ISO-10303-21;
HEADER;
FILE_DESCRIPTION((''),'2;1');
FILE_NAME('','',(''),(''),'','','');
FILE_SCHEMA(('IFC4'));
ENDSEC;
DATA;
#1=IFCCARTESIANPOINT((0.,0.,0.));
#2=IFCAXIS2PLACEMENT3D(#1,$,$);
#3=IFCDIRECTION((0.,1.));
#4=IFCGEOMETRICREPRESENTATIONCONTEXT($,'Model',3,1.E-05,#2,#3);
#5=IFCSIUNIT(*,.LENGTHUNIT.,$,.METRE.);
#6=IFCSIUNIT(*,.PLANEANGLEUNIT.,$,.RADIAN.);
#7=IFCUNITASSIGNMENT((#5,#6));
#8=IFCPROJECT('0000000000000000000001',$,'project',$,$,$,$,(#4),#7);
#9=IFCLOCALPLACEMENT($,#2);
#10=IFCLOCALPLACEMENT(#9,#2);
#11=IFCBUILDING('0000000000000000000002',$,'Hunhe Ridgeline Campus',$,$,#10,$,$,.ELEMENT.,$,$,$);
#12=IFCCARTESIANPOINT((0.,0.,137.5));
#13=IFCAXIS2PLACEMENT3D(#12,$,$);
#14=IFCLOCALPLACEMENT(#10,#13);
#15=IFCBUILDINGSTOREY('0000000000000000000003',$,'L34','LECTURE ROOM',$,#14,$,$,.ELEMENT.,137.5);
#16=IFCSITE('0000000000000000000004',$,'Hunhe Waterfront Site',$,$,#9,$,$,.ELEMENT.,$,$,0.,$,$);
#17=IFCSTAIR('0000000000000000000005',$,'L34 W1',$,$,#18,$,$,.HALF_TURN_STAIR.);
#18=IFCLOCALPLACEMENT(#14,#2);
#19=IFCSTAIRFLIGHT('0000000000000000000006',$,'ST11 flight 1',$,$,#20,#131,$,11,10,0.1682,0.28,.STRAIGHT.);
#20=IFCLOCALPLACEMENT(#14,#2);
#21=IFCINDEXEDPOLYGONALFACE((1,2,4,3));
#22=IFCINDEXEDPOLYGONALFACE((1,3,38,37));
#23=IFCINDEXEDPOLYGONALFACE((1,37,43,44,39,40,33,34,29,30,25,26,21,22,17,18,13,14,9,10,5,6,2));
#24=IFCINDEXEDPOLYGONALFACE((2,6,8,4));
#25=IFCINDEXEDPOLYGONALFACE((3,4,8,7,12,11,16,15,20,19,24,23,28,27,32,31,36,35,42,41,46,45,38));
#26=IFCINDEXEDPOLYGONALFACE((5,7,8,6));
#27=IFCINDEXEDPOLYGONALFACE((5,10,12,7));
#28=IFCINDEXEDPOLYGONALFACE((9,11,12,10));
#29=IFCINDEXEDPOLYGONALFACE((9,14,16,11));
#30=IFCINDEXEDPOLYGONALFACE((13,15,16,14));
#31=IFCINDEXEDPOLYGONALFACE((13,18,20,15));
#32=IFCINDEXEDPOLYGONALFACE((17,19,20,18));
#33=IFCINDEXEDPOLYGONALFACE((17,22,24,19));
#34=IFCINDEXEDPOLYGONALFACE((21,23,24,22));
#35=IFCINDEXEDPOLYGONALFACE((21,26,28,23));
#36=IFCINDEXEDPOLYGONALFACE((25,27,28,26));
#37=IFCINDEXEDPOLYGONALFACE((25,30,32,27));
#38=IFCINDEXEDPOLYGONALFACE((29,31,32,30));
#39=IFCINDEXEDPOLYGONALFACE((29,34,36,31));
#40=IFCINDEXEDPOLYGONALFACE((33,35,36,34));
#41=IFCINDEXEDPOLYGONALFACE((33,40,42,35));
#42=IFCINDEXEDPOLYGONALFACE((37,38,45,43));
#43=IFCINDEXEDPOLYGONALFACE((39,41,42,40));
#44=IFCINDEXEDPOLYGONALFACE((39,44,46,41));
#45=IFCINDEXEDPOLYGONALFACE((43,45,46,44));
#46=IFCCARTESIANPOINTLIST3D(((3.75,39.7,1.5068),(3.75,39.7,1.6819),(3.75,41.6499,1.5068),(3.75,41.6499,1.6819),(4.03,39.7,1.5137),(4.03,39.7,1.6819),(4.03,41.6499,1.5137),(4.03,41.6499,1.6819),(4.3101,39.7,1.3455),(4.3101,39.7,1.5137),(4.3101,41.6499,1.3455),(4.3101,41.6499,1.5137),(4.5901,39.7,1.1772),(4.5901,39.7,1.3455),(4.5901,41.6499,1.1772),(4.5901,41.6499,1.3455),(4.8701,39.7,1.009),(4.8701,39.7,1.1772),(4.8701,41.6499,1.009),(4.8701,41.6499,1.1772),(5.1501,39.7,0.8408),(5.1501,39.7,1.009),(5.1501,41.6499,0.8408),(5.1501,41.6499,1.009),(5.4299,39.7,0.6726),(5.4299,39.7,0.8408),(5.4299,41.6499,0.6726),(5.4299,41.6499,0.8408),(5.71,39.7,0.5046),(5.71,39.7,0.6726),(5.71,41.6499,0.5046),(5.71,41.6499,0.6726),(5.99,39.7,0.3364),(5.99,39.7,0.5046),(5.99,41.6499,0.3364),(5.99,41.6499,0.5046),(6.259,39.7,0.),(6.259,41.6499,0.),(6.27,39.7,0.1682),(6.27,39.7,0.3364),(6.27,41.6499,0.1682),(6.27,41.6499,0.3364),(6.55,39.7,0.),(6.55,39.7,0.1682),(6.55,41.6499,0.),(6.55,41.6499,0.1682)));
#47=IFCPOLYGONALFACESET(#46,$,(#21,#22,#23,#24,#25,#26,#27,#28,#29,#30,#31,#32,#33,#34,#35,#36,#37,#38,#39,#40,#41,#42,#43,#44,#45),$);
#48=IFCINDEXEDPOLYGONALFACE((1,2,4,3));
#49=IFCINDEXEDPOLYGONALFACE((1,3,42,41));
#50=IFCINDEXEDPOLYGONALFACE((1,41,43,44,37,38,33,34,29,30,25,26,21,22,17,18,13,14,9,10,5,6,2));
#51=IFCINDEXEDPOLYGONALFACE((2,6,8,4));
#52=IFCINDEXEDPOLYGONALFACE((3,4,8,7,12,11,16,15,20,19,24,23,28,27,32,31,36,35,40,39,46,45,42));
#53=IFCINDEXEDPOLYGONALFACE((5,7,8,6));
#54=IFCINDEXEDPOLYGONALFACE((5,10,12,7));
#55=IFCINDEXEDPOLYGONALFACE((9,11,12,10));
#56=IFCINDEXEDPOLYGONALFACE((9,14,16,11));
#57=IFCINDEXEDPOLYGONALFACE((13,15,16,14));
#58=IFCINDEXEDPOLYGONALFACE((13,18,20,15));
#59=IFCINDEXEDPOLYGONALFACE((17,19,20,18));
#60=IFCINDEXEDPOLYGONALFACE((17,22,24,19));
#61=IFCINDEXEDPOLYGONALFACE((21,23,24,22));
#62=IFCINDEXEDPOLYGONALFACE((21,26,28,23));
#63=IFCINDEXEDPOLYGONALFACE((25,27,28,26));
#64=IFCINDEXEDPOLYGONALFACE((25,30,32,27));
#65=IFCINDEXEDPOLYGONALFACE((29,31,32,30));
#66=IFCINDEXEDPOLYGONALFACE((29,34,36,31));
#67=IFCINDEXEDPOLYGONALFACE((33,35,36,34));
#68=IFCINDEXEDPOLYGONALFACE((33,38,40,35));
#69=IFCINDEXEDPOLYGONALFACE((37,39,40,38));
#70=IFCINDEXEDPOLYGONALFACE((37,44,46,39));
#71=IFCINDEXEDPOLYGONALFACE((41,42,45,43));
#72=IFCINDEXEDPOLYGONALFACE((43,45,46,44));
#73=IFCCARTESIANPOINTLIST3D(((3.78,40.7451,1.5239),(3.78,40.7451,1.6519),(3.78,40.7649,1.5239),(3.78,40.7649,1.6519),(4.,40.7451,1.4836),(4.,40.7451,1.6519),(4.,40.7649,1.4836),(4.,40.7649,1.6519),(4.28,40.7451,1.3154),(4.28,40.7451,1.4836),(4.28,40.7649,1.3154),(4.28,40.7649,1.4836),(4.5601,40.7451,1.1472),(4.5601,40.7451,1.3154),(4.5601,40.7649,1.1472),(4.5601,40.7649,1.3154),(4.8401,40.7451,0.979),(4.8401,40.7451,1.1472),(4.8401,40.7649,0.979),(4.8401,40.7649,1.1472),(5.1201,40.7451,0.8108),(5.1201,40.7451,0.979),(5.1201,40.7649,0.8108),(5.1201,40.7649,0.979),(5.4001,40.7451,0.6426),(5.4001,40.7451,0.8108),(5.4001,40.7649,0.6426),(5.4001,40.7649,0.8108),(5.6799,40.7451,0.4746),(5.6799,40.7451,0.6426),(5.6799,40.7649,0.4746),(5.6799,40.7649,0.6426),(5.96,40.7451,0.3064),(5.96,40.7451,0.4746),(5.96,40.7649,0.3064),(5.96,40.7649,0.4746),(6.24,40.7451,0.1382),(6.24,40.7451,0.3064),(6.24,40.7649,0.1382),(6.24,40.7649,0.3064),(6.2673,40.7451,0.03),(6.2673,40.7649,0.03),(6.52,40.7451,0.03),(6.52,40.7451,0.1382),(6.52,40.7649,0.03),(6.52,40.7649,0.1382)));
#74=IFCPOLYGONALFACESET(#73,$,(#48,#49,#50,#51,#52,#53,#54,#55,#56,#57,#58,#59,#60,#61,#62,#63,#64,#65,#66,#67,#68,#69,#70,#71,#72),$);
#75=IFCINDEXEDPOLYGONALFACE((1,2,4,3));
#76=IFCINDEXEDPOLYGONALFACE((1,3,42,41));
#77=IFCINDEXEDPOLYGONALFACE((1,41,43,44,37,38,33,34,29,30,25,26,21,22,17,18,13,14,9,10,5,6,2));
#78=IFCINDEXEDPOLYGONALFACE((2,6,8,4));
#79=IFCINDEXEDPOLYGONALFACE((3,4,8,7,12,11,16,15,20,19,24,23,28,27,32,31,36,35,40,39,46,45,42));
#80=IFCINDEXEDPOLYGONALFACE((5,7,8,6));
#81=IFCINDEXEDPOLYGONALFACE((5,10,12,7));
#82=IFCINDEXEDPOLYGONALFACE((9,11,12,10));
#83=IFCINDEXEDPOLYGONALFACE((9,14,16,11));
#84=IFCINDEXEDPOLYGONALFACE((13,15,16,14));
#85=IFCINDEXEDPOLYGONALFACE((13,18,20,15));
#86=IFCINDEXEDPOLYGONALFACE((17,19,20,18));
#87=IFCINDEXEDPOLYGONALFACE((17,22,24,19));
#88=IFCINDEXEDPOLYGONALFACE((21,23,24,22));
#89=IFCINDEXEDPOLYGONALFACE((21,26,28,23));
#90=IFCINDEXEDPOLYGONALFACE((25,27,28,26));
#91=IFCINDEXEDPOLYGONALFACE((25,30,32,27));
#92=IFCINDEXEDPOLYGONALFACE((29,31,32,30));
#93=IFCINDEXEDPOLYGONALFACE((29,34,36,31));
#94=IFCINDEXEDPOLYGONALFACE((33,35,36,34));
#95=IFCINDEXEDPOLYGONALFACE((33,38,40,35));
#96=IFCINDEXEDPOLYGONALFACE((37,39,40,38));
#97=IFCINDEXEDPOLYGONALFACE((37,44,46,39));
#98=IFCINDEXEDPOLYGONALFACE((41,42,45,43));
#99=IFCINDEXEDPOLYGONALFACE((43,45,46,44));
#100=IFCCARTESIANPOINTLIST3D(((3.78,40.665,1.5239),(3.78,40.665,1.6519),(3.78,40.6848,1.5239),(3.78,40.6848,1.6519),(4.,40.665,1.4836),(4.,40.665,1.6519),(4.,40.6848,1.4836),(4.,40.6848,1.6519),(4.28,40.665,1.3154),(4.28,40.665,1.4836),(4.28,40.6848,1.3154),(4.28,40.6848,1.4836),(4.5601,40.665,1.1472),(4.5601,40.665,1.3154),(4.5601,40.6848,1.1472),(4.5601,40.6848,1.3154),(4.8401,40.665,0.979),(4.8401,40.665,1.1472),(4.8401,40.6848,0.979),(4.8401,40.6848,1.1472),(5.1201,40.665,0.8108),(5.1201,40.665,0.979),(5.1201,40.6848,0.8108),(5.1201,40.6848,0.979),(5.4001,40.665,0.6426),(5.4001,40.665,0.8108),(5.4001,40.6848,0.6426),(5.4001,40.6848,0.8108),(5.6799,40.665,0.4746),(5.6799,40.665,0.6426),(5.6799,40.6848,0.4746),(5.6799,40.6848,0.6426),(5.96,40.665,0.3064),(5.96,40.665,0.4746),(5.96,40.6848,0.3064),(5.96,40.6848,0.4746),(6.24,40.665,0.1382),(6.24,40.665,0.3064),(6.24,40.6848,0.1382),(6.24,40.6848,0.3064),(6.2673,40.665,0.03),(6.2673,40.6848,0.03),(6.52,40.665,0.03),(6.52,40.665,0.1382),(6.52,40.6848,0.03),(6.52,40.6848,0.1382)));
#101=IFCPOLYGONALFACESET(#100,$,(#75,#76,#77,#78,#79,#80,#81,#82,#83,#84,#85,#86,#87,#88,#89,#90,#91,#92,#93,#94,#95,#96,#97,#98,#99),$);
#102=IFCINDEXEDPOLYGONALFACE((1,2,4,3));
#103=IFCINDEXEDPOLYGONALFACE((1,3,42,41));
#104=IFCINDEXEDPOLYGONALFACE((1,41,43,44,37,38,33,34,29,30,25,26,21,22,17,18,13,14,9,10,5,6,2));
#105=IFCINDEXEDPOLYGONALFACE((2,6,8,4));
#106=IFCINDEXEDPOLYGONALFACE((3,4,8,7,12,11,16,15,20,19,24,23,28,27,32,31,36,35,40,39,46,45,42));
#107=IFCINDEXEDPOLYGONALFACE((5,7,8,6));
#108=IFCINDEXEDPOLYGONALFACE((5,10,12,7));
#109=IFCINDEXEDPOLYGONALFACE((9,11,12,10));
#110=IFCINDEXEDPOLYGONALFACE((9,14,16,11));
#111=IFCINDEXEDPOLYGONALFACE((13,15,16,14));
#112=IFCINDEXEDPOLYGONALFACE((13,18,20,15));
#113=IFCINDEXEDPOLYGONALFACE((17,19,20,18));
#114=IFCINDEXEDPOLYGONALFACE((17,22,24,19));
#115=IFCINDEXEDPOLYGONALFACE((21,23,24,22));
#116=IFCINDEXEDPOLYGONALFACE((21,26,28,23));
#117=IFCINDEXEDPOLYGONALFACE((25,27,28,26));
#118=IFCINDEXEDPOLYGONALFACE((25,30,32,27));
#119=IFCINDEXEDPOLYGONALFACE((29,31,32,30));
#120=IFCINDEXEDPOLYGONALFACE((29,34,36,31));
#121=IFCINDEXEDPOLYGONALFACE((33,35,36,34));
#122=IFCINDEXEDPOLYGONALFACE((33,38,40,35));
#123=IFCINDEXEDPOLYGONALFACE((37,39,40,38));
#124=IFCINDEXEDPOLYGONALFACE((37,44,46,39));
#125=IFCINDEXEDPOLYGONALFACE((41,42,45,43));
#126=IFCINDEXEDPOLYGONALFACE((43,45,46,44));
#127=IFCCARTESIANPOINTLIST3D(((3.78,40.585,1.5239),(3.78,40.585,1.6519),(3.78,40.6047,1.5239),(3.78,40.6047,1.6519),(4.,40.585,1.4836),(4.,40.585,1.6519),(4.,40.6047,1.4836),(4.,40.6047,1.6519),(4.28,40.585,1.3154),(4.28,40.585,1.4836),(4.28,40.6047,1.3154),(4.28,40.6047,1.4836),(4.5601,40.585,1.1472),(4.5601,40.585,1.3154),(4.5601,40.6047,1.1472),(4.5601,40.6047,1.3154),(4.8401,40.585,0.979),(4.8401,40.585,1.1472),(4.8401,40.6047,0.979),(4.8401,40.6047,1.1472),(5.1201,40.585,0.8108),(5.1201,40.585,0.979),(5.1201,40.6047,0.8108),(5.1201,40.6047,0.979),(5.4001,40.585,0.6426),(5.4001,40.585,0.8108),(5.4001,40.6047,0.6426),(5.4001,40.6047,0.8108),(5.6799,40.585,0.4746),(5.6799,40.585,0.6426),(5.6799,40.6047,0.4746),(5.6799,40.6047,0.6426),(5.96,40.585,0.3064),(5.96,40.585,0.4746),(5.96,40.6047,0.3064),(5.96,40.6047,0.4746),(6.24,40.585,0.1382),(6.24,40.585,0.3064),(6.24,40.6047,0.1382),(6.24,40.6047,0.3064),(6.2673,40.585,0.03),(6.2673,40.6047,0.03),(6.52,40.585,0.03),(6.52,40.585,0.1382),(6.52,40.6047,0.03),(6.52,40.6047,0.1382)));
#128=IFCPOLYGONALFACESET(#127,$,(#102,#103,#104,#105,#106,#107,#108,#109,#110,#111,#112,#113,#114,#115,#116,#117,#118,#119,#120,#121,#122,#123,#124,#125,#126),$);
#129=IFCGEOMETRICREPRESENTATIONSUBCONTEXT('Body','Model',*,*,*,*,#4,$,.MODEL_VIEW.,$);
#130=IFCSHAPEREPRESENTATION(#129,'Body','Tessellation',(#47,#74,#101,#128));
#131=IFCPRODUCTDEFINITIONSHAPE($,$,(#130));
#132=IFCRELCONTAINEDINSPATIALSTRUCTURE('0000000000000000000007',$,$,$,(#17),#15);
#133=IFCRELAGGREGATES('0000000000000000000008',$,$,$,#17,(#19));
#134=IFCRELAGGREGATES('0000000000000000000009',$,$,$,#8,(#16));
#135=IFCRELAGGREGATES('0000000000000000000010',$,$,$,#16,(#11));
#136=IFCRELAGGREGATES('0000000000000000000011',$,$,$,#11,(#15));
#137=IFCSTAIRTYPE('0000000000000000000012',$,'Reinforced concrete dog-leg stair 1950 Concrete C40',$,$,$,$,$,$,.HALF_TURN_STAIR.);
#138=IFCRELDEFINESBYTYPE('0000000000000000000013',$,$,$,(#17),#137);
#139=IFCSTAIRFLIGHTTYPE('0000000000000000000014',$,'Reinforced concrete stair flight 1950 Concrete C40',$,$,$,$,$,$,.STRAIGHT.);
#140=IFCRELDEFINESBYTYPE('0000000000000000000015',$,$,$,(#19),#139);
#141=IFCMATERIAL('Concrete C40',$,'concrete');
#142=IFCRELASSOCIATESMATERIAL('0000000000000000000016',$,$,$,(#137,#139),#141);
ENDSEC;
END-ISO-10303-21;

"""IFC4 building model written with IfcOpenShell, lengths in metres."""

from ifc_helpers import new_model, si_unit, direction, frame, origin, place, context, subcontext, project, spatial, polyline, outline, extrude, material, type_object, element, aggregate, save


model = new_model("IFC4")

# Units and contexts
model_context = context("Model", 3, precision=1e-05, world=origin(), true_north=direction((0.0, 1.0)))
body_context = subcontext(model_context, "Body", "Model", "MODEL_VIEW")
ifc_project = project(units=[si_unit("LENGTHUNIT", "METRE"), si_unit("PLANEANGLEUNIT", "RADIAN")], contexts=[model_context])

# Site, building, storey
site_placement = place(None, origin())
site = spatial("IfcSite", under=ifc_project, at=site_placement, Name="Hunhe Waterfront Site", CompositionType="ELEMENT", RefElevation=0.0)
building_placement = place(site_placement, origin())
building = spatial("IfcBuilding", under=site, at=building_placement, Name="Hunhe Ridgeline Campus", CompositionType="ELEMENT")
storey_placement = place(building_placement, frame((0.0, 0.0, 137.5)))
storey = spatial("IfcBuildingStorey", under=building, at=storey_placement, Name="L34", Description="LECTURE ROOM", CompositionType="ELEMENT", Elevation=137.5)

# Stair, stair flight
ifc_material_1 = material(Name="Concrete C40", Category="concrete")
stair_type = type_object("IfcStairType", Name="Reinforced concrete dog-leg stair 1950 Concrete C40", PredefinedType="HALF_TURN_STAIR", material=ifc_material_1)
stair_placement = place(storey_placement, origin())
stair = element("IfcStair", 1, at=stair_placement, inside=storey, type_object=stair_type, Name="L34 W1", PredefinedType="HALF_TURN_STAIR")
stair_flight_type = type_object("IfcStairFlightType", Name="Reinforced concrete stair flight 1950 Concrete C40", PredefinedType="STRAIGHT", material=ifc_material_1)
stair_flight_1_placement = place(storey_placement, frame((6.55, 40.675, 0.0), z_axis=(0.0, 0.0, 1.0), x_axis=(-1.0, 0.0, 0.0)))
stair_flight_1 = element("IfcStairFlight", 2, at=stair_flight_1_placement, type_object=stair_flight_type, Name="ST11 flight 1", NumberOfRisers=11, NumberOfTreads=10, PredefinedType="STRAIGHT", RiserHeight=0.1682, TreadLength=0.28, context=body_context, shape_type="SweptSolid", body=[
    extrude(outline(polyline([(0.0, 0.0), (0.0, 0.1682), (0.28, 0.1682), (0.28, 0.3364), (0.5601, 0.3364), (0.5601, 0.5046), (0.8401, 0.5046), (0.8401, 0.6726), (1.1201, 0.6726), (1.1201, 0.8408), (1.3999, 0.8408), (1.3999, 1.009), (1.6799, 1.009), (1.6799, 1.1772), (1.96, 1.1772), (1.96, 1.3455), (2.24, 1.3455), (2.24, 1.5137), (2.52, 1.5137), (2.52, 1.6819), (2.8, 1.6819), (2.8, 1.8501), (2.8, 1.5068), (0.291, 0.0), (0.0, 0.0)])), frame((0.0, 0.9751, 0.0), z_axis=(0.0, -1.0, 0.0), x_axis=(1.0, 0.0, 0.0)), (0.0, 0.0, 1.0), 1.95),
    extrude(outline(polyline([(0.03, 0.03), (0.03, 0.1382), (0.3101, 0.1382), (0.3101, 0.3064), (0.5901, 0.3064), (0.5901, 0.4746), (0.8701, 0.4746), (0.8701, 0.6426), (1.1499, 0.6426), (1.1499, 0.8108), (1.4299, 0.8108), (1.4299, 0.979), (1.71, 0.979), (1.71, 1.1472), (1.99, 1.1472), (1.99, 1.3154), (2.27, 1.3154), (2.27, 1.4836), (2.55, 1.4836), (2.55, 1.6519), (2.77, 1.6519), (2.77, 1.5239), (0.2827, 0.03), (0.03, 0.03)])), frame((0.0, -0.0701, 0.0), z_axis=(0.0, -1.0, 0.0), x_axis=(1.0, 0.0, 0.0)), (0.0, 0.0, 1.0), 0.0198),
    extrude(outline(polyline([(0.03, 0.03), (0.03, 0.1382), (0.3101, 0.1382), (0.3101, 0.3064), (0.5901, 0.3064), (0.5901, 0.4746), (0.8701, 0.4746), (0.8701, 0.6426), (1.1499, 0.6426), (1.1499, 0.8108), (1.4299, 0.8108), (1.4299, 0.979), (1.71, 0.979), (1.71, 1.1472), (1.99, 1.1472), (1.99, 1.3154), (2.27, 1.3154), (2.27, 1.4836), (2.55, 1.4836), (2.55, 1.6519), (2.77, 1.6519), (2.77, 1.5239), (0.2827, 0.03), (0.03, 0.03)])), frame((0.0, 0.01, 0.0), z_axis=(0.0, -1.0, 0.0), x_axis=(1.0, 0.0, 0.0)), (0.0, 0.0, 1.0), 0.0198),
    extrude(outline(polyline([(0.03, 0.03), (0.03, 0.1382), (0.3101, 0.1382), (0.3101, 0.3064), (0.5901, 0.3064), (0.5901, 0.4746), (0.8701, 0.4746), (0.8701, 0.6426), (1.1499, 0.6426), (1.1499, 0.8108), (1.4299, 0.8108), (1.4299, 0.979), (1.71, 0.979), (1.71, 1.1472), (1.99, 1.1472), (1.99, 1.3154), (2.27, 1.3154), (2.27, 1.4836), (2.55, 1.4836), (2.55, 1.6519), (2.77, 1.6519), (2.77, 1.5239), (0.2827, 0.03), (0.03, 0.03)])), frame((0.0, 0.0901, 0.0), z_axis=(0.0, -1.0, 0.0), x_axis=(1.0, 0.0, 0.0)), (0.0, 0.0, 1.0), 0.0198),
])
aggregate(stair, [stair_flight_1])

save(model, "model.ifc")
